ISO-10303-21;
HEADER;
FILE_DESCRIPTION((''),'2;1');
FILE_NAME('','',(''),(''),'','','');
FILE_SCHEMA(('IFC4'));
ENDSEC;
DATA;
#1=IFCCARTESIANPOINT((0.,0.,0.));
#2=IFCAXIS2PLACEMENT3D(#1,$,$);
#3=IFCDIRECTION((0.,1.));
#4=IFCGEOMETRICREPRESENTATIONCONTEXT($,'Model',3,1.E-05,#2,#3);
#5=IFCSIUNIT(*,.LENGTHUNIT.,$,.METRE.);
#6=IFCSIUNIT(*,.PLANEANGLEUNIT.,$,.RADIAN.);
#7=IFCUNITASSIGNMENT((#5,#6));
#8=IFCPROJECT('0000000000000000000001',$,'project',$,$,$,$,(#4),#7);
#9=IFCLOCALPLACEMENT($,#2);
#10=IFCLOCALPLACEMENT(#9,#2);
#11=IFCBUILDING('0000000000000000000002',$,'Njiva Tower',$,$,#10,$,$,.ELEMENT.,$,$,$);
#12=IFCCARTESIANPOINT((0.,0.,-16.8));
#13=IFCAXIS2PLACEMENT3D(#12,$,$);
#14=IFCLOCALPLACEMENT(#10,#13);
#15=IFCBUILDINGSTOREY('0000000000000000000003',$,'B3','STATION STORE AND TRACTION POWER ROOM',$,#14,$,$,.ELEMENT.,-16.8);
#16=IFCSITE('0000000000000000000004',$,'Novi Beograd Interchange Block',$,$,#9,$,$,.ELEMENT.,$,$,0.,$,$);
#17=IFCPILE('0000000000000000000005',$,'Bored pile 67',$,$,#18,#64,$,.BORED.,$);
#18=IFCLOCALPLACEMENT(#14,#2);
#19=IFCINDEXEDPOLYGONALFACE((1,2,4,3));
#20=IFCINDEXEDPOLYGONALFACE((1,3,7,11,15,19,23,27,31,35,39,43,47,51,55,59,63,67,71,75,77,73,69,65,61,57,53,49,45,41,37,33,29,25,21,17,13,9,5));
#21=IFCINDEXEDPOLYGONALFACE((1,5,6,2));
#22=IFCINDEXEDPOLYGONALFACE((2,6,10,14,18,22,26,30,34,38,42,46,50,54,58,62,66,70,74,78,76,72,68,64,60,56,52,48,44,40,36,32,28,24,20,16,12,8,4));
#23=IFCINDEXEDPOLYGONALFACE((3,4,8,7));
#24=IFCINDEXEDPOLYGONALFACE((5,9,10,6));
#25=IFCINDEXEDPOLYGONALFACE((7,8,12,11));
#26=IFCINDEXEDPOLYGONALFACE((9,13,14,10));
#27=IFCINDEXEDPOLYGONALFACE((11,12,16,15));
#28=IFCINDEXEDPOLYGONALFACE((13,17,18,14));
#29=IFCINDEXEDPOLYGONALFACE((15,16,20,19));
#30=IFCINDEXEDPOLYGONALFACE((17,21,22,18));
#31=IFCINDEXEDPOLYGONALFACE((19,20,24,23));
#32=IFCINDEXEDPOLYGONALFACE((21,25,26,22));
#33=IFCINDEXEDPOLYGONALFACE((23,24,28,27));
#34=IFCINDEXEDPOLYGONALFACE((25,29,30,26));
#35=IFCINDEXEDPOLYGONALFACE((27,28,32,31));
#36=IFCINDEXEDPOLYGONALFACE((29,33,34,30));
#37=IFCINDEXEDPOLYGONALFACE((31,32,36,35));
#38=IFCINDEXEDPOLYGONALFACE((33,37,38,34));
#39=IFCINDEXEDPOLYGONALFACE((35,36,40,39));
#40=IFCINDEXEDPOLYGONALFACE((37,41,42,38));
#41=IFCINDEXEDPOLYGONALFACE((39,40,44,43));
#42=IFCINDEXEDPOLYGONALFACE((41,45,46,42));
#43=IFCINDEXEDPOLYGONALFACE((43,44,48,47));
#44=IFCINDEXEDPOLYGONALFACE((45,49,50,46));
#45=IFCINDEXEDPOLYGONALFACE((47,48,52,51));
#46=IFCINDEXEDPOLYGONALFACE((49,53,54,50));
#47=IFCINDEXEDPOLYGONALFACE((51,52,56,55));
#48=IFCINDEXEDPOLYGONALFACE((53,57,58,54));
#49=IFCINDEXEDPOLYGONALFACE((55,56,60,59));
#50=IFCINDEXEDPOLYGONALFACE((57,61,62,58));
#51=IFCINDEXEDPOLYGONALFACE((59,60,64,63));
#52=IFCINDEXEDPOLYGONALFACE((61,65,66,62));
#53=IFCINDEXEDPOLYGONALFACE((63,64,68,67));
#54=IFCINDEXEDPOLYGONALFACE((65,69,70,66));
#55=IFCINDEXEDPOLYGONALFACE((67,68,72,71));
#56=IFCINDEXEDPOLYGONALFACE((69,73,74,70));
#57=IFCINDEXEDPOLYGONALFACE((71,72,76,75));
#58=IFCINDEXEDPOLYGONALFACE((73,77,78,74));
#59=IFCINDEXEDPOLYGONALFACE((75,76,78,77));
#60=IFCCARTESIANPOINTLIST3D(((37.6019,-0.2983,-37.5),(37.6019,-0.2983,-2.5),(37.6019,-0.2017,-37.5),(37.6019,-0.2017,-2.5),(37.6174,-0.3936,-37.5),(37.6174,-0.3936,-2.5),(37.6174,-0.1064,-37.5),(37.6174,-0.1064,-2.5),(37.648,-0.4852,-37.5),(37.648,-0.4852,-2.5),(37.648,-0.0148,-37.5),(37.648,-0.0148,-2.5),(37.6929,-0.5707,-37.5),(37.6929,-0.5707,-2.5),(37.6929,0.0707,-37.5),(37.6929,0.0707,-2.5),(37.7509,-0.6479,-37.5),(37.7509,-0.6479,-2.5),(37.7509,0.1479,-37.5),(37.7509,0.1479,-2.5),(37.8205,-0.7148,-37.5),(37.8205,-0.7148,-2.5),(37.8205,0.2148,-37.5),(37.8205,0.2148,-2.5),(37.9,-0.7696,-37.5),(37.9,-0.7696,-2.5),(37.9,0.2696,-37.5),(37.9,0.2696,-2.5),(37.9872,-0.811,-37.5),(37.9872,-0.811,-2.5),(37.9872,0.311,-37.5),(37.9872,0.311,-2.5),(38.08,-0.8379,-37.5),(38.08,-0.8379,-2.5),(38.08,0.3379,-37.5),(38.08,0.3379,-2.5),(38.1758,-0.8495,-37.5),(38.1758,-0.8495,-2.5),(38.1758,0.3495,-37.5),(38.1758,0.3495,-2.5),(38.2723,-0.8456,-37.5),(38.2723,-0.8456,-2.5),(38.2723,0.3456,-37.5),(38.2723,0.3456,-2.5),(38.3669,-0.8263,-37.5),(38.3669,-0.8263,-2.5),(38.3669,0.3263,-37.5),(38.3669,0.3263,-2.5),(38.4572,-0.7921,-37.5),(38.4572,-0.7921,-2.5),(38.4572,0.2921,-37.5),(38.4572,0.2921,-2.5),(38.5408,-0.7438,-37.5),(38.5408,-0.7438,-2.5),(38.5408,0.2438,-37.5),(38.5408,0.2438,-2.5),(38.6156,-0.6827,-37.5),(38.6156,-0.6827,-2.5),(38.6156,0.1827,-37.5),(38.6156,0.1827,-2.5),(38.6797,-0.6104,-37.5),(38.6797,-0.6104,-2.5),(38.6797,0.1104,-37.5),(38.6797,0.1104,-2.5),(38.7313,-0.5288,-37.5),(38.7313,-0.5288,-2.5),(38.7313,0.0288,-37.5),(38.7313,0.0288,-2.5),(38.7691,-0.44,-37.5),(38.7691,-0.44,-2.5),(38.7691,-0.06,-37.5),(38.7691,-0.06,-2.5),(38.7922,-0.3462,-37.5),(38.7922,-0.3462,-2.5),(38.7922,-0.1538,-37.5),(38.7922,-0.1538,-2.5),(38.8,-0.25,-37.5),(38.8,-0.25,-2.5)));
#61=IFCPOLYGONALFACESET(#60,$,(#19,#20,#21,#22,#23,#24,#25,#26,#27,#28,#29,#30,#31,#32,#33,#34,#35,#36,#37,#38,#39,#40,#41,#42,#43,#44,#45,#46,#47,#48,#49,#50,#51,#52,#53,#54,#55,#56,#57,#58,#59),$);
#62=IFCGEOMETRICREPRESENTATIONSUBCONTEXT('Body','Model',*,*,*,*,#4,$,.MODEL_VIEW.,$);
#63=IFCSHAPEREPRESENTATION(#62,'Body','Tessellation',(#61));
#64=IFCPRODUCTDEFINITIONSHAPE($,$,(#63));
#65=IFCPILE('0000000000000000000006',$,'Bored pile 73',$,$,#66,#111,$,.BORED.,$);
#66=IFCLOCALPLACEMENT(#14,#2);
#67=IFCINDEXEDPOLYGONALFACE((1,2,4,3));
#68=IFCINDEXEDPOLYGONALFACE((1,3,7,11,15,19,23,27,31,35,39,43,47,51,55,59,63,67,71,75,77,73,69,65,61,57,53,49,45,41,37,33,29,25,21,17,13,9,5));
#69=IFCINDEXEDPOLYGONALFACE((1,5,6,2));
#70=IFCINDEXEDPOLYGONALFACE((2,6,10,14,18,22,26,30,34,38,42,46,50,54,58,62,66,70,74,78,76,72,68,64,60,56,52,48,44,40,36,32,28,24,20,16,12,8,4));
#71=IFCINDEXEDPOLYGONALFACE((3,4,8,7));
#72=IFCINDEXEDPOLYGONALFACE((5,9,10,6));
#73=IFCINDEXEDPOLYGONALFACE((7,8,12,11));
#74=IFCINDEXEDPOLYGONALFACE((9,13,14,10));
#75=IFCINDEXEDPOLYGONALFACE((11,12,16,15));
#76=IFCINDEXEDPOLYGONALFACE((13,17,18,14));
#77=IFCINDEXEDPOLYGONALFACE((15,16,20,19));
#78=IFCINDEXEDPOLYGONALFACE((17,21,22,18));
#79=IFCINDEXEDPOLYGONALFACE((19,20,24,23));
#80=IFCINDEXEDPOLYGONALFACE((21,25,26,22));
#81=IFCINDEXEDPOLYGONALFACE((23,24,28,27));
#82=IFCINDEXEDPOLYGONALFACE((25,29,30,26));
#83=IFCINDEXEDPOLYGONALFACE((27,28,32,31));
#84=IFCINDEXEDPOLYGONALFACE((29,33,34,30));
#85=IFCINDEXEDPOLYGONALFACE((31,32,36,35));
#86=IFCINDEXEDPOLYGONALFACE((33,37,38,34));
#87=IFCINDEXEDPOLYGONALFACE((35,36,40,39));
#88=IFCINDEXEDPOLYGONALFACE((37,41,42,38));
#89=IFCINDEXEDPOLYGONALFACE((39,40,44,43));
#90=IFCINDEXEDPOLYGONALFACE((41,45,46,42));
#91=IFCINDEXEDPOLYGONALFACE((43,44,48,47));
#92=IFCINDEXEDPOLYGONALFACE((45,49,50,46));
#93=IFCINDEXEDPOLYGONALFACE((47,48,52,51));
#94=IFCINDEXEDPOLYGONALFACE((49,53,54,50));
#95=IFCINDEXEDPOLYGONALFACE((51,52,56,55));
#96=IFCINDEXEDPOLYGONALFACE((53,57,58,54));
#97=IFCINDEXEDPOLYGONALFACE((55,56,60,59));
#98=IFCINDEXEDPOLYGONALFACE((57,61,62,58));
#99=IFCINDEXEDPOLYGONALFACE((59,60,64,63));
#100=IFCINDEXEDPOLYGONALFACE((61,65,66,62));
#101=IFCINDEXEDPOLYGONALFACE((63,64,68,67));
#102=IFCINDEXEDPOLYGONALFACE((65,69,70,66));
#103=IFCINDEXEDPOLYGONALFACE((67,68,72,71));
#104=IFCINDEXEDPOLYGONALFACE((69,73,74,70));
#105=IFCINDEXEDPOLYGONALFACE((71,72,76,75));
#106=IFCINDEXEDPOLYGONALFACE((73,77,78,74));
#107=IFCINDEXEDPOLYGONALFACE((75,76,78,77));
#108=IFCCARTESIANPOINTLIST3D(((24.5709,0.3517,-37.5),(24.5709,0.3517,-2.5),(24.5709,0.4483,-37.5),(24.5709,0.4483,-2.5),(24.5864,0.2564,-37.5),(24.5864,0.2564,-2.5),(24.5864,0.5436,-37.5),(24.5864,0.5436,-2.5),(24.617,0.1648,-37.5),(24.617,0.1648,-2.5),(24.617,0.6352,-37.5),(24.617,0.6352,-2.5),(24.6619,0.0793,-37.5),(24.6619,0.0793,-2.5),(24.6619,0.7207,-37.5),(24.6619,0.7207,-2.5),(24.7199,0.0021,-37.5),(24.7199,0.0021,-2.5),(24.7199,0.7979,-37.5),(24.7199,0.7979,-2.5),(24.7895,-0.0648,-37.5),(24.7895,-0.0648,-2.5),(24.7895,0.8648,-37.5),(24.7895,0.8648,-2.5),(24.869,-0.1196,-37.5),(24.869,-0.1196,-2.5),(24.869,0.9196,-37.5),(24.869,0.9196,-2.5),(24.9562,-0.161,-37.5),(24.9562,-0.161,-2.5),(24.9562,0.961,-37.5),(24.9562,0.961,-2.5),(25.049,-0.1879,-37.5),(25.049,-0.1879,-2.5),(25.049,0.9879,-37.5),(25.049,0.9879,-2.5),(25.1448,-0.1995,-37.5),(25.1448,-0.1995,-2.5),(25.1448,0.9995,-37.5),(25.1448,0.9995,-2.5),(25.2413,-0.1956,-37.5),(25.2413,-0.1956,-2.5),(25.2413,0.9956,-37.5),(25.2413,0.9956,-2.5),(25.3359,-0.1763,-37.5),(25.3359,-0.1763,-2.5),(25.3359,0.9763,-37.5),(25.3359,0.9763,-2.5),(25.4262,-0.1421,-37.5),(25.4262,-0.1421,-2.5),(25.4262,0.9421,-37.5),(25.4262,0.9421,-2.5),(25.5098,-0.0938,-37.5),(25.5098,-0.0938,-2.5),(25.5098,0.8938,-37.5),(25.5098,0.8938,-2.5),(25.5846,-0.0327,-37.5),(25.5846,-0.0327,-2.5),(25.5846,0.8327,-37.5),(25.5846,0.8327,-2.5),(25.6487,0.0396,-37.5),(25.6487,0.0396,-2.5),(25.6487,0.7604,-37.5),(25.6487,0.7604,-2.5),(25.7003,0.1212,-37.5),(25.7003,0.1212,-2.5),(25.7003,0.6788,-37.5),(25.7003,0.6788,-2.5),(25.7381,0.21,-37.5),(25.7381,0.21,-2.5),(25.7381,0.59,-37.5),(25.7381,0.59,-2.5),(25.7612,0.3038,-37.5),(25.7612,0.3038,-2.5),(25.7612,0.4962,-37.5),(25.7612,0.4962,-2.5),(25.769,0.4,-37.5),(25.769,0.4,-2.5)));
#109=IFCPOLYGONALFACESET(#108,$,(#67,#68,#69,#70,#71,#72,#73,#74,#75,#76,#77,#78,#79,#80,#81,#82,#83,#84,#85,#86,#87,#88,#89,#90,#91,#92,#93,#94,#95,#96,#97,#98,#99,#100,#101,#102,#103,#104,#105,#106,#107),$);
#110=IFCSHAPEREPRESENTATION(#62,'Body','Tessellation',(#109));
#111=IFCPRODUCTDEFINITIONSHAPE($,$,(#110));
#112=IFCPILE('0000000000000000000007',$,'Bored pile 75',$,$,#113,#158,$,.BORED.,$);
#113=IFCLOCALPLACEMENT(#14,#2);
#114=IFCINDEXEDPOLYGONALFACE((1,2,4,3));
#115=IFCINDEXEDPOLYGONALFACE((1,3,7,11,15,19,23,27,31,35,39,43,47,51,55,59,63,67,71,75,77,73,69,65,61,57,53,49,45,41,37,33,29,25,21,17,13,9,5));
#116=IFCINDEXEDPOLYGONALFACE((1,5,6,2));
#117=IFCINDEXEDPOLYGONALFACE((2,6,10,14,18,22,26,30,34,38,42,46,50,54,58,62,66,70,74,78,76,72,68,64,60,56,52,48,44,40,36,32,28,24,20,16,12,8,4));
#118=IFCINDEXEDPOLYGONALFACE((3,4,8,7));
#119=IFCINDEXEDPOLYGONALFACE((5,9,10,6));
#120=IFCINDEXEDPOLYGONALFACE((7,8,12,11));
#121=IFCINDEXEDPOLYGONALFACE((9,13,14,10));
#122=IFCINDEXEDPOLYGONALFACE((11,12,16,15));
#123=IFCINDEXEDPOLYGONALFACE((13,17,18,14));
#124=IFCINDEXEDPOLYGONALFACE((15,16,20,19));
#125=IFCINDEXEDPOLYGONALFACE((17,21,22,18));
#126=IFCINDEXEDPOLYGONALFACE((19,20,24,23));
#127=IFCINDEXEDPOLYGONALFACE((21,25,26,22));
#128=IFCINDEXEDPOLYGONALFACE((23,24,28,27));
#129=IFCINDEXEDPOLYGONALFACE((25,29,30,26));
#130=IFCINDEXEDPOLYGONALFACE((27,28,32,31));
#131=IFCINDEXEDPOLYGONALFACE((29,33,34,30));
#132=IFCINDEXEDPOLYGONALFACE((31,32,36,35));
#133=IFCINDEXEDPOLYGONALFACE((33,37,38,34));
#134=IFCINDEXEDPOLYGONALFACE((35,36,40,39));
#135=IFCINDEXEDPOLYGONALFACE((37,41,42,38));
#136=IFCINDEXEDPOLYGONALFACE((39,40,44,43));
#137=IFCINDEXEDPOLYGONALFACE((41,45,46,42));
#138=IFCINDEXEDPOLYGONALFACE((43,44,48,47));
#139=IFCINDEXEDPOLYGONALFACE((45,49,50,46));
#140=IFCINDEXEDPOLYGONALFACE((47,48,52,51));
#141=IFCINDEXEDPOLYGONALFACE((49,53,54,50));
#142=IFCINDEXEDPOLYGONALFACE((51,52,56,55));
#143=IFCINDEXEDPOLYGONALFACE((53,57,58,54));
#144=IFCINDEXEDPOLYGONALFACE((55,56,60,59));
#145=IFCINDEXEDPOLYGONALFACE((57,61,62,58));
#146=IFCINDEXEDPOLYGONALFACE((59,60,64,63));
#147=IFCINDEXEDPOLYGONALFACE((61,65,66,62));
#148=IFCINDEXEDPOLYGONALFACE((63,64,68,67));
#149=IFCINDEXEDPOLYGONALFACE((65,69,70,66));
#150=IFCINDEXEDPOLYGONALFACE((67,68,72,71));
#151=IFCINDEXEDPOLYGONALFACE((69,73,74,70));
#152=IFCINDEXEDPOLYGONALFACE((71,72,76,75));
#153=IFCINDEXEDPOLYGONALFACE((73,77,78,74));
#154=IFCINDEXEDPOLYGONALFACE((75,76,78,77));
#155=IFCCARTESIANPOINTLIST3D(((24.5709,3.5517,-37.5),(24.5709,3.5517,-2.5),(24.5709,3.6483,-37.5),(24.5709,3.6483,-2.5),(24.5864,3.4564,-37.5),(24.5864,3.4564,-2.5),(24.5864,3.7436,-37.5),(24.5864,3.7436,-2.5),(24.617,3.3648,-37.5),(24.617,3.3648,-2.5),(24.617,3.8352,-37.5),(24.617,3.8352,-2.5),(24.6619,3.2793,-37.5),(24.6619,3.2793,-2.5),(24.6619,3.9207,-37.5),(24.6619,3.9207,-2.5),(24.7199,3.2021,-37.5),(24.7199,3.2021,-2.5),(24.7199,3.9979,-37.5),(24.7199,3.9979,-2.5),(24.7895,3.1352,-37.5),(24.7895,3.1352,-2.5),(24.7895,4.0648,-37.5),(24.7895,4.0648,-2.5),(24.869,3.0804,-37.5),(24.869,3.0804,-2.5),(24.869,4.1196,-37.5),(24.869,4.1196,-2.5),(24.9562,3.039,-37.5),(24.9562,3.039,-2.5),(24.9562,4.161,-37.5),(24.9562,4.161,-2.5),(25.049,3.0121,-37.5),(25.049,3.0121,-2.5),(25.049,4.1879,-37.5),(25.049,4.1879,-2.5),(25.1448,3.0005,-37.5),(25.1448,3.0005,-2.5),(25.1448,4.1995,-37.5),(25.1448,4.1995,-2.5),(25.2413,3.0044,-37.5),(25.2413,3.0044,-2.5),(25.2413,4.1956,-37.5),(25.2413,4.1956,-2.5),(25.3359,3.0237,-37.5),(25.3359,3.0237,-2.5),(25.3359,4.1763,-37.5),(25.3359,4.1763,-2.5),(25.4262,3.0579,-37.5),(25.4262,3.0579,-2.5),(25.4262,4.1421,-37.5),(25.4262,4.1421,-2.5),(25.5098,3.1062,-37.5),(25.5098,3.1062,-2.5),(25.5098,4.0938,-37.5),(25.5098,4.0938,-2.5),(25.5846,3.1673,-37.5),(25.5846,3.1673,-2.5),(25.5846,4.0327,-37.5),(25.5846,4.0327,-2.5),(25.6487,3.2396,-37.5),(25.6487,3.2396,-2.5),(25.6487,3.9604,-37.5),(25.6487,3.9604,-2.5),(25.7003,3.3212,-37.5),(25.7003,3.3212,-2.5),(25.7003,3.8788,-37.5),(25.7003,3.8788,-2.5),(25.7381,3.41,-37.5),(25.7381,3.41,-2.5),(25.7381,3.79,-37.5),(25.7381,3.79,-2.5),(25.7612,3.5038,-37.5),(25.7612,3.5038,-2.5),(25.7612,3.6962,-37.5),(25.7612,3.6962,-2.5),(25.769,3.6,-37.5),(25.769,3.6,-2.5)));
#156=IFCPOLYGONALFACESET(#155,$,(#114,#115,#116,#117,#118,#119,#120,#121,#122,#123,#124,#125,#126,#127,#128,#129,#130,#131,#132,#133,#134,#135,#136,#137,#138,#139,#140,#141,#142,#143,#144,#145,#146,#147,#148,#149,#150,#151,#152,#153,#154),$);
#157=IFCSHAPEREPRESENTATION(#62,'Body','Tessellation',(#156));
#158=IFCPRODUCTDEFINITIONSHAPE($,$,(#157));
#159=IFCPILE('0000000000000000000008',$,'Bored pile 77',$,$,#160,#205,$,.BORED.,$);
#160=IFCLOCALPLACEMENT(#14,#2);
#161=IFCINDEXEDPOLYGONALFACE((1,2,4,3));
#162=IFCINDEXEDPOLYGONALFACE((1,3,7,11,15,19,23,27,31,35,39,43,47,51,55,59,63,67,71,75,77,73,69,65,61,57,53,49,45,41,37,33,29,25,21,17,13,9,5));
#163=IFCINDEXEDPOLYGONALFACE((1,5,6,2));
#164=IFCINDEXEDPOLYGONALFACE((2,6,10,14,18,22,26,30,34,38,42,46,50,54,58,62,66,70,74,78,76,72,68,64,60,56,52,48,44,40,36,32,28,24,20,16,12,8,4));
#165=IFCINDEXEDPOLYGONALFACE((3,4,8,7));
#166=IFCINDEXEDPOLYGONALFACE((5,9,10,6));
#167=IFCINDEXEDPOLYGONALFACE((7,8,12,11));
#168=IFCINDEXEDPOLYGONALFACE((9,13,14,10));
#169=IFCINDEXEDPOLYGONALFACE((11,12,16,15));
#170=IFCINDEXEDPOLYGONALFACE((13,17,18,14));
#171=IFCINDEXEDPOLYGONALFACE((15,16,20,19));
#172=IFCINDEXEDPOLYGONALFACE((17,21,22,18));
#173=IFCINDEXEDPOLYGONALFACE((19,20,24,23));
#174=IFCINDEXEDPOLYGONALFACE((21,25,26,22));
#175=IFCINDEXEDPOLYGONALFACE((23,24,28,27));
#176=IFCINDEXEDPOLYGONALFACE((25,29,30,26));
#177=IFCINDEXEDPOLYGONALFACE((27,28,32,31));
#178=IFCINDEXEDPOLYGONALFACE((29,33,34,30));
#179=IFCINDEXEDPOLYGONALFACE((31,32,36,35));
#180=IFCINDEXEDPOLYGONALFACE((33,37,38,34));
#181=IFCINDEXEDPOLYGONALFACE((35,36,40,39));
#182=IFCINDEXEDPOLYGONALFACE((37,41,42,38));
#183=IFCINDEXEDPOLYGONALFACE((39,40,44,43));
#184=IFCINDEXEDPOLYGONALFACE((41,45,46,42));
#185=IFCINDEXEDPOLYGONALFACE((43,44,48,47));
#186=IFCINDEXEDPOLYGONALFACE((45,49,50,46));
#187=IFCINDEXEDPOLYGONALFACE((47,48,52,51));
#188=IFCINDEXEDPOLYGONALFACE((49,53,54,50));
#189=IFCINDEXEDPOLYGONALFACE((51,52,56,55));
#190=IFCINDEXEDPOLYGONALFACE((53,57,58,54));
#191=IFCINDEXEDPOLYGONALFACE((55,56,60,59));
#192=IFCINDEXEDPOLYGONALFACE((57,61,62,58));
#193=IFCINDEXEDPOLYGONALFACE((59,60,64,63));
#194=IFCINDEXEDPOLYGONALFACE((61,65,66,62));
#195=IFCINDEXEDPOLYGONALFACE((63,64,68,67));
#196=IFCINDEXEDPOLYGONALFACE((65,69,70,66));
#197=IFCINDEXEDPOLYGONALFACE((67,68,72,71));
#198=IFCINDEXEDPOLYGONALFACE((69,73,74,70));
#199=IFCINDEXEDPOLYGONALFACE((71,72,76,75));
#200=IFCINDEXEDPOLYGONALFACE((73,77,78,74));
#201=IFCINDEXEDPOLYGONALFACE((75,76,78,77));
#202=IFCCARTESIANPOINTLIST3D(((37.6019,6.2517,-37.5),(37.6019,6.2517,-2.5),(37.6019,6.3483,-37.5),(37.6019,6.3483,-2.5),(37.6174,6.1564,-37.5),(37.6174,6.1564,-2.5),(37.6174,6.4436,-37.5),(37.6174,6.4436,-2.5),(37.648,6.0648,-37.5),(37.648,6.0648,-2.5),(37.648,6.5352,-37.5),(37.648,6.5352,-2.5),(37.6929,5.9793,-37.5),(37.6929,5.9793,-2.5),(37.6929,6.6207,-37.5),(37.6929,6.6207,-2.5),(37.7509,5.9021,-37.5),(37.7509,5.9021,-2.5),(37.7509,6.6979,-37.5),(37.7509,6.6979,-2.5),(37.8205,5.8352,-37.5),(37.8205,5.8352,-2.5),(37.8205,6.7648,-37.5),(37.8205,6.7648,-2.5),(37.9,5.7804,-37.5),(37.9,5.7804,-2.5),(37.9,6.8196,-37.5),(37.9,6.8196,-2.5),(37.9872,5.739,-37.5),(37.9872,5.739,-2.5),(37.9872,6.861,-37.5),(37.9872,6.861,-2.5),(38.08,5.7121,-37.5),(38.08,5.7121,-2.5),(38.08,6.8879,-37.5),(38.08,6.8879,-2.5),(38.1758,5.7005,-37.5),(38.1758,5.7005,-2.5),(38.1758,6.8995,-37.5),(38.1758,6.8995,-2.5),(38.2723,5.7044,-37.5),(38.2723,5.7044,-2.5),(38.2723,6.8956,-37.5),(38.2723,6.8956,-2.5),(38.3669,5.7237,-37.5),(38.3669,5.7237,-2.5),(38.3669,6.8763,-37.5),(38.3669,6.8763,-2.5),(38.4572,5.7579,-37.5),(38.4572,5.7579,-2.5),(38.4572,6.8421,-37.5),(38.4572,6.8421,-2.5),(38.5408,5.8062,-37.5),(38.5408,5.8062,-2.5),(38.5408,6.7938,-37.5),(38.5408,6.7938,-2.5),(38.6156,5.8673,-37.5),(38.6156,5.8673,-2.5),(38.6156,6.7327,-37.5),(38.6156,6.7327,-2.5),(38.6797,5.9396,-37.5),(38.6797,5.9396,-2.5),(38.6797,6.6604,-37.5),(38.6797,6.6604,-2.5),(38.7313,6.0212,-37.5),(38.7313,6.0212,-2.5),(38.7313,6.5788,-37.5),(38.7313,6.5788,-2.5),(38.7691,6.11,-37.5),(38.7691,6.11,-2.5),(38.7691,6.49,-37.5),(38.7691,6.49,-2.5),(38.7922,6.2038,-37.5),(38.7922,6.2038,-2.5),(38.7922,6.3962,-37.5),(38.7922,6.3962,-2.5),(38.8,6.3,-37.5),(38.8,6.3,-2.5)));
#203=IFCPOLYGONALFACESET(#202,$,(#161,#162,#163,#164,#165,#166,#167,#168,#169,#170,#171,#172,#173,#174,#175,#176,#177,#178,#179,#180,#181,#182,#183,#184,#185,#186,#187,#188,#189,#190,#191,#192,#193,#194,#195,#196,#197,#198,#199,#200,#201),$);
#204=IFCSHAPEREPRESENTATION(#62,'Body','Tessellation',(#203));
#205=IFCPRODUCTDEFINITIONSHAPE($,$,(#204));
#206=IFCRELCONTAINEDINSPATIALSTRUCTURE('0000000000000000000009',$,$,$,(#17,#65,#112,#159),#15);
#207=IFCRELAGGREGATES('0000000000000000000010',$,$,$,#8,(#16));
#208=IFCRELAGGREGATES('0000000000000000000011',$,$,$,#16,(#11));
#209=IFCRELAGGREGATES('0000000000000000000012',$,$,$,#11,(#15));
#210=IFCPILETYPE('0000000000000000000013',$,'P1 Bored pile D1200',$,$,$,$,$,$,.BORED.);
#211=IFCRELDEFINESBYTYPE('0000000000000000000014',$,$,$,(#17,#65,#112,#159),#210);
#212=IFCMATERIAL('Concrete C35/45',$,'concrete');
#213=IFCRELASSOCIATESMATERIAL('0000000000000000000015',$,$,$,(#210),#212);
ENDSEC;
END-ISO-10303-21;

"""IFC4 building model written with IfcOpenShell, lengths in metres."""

from ifc_helpers import new_model, si_unit, direction, frame, origin, origin_2d, place, context, subcontext, project, spatial, circle, extrude, material, material_profile, profile_set, type_object, element, save


model = new_model("IFC4")

# Units and contexts
model_context = context("Model", 3, precision=1e-05, world=origin(), true_north=direction((0.0, 1.0)))
body_context = subcontext(model_context, "Body", "Model", "MODEL_VIEW")
ifc_project = project(units=[si_unit("LENGTHUNIT", "METRE"), si_unit("PLANEANGLEUNIT", "RADIAN")], contexts=[model_context])

# Site, building, storey
site_placement = place(None, origin())
site = spatial("IfcSite", under=ifc_project, at=site_placement, Name="Novi Beograd Interchange Block", CompositionType="ELEMENT", RefElevation=0.0)
building_placement = place(site_placement, origin())
building = spatial("IfcBuilding", under=site, at=building_placement, Name="Njiva Tower", CompositionType="ELEMENT")
storey_placement = place(building_placement, frame((0.0, 0.0, -16.8)))
storey = spatial("IfcBuildingStorey", under=building, at=storey_placement, Name="B3", Description="STATION STORE AND TRACTION POWER ROOM", CompositionType="ELEMENT", Elevation=-16.8)

# Piles
ifc_material_1 = material(Name="Concrete C35/45", Category="concrete")
ifc_material_profile_1 = material_profile(ifc_material_1, circle(Radius=0.6, at=origin_2d()), Name="D1200")
ifc_profile_set_1 = profile_set([ifc_material_profile_1], Name="Concrete C35/45")
pile_type = type_object("IfcPileType", Name="P1 Bored pile D1200", PredefinedType="BORED", material=ifc_profile_set_1)
for number, where, z_axis, x_axis, name in (
    (1, (38.2, -0.25, -2.5), (0.0, 0.0, -1.0), (1.0, 0.0, 0.0), "Bored pile 67"),
    (2, (25.169, 0.4, -2.5), (0.0, 0.0, -1.0), (1.0, 0.0, 0.0), "Bored pile 73"),
    (3, (25.169, 3.6, -2.5), (0.0, 0.0, -1.0), (1.0, 0.0, 0.0), "Bored pile 75"),
    (4, (38.2, 6.3, -2.5), (0.0, 0.0, -1.0), (1.0, 0.0, 0.0), "Bored pile 77"),
):
    element("IfcPile", number, at=place(storey_placement, frame(where, z_axis=z_axis, x_axis=x_axis)), inside=storey, type_object=pile_type, Name=name, PredefinedType="BORED", context=body_context, shape_type="SweptSolid", body=[
        extrude(circle(Radius=0.6, at=origin_2d()), origin(), (0.0, 0.0, 1.0), 35.0),
    ])

save(model, "model.ifc")
